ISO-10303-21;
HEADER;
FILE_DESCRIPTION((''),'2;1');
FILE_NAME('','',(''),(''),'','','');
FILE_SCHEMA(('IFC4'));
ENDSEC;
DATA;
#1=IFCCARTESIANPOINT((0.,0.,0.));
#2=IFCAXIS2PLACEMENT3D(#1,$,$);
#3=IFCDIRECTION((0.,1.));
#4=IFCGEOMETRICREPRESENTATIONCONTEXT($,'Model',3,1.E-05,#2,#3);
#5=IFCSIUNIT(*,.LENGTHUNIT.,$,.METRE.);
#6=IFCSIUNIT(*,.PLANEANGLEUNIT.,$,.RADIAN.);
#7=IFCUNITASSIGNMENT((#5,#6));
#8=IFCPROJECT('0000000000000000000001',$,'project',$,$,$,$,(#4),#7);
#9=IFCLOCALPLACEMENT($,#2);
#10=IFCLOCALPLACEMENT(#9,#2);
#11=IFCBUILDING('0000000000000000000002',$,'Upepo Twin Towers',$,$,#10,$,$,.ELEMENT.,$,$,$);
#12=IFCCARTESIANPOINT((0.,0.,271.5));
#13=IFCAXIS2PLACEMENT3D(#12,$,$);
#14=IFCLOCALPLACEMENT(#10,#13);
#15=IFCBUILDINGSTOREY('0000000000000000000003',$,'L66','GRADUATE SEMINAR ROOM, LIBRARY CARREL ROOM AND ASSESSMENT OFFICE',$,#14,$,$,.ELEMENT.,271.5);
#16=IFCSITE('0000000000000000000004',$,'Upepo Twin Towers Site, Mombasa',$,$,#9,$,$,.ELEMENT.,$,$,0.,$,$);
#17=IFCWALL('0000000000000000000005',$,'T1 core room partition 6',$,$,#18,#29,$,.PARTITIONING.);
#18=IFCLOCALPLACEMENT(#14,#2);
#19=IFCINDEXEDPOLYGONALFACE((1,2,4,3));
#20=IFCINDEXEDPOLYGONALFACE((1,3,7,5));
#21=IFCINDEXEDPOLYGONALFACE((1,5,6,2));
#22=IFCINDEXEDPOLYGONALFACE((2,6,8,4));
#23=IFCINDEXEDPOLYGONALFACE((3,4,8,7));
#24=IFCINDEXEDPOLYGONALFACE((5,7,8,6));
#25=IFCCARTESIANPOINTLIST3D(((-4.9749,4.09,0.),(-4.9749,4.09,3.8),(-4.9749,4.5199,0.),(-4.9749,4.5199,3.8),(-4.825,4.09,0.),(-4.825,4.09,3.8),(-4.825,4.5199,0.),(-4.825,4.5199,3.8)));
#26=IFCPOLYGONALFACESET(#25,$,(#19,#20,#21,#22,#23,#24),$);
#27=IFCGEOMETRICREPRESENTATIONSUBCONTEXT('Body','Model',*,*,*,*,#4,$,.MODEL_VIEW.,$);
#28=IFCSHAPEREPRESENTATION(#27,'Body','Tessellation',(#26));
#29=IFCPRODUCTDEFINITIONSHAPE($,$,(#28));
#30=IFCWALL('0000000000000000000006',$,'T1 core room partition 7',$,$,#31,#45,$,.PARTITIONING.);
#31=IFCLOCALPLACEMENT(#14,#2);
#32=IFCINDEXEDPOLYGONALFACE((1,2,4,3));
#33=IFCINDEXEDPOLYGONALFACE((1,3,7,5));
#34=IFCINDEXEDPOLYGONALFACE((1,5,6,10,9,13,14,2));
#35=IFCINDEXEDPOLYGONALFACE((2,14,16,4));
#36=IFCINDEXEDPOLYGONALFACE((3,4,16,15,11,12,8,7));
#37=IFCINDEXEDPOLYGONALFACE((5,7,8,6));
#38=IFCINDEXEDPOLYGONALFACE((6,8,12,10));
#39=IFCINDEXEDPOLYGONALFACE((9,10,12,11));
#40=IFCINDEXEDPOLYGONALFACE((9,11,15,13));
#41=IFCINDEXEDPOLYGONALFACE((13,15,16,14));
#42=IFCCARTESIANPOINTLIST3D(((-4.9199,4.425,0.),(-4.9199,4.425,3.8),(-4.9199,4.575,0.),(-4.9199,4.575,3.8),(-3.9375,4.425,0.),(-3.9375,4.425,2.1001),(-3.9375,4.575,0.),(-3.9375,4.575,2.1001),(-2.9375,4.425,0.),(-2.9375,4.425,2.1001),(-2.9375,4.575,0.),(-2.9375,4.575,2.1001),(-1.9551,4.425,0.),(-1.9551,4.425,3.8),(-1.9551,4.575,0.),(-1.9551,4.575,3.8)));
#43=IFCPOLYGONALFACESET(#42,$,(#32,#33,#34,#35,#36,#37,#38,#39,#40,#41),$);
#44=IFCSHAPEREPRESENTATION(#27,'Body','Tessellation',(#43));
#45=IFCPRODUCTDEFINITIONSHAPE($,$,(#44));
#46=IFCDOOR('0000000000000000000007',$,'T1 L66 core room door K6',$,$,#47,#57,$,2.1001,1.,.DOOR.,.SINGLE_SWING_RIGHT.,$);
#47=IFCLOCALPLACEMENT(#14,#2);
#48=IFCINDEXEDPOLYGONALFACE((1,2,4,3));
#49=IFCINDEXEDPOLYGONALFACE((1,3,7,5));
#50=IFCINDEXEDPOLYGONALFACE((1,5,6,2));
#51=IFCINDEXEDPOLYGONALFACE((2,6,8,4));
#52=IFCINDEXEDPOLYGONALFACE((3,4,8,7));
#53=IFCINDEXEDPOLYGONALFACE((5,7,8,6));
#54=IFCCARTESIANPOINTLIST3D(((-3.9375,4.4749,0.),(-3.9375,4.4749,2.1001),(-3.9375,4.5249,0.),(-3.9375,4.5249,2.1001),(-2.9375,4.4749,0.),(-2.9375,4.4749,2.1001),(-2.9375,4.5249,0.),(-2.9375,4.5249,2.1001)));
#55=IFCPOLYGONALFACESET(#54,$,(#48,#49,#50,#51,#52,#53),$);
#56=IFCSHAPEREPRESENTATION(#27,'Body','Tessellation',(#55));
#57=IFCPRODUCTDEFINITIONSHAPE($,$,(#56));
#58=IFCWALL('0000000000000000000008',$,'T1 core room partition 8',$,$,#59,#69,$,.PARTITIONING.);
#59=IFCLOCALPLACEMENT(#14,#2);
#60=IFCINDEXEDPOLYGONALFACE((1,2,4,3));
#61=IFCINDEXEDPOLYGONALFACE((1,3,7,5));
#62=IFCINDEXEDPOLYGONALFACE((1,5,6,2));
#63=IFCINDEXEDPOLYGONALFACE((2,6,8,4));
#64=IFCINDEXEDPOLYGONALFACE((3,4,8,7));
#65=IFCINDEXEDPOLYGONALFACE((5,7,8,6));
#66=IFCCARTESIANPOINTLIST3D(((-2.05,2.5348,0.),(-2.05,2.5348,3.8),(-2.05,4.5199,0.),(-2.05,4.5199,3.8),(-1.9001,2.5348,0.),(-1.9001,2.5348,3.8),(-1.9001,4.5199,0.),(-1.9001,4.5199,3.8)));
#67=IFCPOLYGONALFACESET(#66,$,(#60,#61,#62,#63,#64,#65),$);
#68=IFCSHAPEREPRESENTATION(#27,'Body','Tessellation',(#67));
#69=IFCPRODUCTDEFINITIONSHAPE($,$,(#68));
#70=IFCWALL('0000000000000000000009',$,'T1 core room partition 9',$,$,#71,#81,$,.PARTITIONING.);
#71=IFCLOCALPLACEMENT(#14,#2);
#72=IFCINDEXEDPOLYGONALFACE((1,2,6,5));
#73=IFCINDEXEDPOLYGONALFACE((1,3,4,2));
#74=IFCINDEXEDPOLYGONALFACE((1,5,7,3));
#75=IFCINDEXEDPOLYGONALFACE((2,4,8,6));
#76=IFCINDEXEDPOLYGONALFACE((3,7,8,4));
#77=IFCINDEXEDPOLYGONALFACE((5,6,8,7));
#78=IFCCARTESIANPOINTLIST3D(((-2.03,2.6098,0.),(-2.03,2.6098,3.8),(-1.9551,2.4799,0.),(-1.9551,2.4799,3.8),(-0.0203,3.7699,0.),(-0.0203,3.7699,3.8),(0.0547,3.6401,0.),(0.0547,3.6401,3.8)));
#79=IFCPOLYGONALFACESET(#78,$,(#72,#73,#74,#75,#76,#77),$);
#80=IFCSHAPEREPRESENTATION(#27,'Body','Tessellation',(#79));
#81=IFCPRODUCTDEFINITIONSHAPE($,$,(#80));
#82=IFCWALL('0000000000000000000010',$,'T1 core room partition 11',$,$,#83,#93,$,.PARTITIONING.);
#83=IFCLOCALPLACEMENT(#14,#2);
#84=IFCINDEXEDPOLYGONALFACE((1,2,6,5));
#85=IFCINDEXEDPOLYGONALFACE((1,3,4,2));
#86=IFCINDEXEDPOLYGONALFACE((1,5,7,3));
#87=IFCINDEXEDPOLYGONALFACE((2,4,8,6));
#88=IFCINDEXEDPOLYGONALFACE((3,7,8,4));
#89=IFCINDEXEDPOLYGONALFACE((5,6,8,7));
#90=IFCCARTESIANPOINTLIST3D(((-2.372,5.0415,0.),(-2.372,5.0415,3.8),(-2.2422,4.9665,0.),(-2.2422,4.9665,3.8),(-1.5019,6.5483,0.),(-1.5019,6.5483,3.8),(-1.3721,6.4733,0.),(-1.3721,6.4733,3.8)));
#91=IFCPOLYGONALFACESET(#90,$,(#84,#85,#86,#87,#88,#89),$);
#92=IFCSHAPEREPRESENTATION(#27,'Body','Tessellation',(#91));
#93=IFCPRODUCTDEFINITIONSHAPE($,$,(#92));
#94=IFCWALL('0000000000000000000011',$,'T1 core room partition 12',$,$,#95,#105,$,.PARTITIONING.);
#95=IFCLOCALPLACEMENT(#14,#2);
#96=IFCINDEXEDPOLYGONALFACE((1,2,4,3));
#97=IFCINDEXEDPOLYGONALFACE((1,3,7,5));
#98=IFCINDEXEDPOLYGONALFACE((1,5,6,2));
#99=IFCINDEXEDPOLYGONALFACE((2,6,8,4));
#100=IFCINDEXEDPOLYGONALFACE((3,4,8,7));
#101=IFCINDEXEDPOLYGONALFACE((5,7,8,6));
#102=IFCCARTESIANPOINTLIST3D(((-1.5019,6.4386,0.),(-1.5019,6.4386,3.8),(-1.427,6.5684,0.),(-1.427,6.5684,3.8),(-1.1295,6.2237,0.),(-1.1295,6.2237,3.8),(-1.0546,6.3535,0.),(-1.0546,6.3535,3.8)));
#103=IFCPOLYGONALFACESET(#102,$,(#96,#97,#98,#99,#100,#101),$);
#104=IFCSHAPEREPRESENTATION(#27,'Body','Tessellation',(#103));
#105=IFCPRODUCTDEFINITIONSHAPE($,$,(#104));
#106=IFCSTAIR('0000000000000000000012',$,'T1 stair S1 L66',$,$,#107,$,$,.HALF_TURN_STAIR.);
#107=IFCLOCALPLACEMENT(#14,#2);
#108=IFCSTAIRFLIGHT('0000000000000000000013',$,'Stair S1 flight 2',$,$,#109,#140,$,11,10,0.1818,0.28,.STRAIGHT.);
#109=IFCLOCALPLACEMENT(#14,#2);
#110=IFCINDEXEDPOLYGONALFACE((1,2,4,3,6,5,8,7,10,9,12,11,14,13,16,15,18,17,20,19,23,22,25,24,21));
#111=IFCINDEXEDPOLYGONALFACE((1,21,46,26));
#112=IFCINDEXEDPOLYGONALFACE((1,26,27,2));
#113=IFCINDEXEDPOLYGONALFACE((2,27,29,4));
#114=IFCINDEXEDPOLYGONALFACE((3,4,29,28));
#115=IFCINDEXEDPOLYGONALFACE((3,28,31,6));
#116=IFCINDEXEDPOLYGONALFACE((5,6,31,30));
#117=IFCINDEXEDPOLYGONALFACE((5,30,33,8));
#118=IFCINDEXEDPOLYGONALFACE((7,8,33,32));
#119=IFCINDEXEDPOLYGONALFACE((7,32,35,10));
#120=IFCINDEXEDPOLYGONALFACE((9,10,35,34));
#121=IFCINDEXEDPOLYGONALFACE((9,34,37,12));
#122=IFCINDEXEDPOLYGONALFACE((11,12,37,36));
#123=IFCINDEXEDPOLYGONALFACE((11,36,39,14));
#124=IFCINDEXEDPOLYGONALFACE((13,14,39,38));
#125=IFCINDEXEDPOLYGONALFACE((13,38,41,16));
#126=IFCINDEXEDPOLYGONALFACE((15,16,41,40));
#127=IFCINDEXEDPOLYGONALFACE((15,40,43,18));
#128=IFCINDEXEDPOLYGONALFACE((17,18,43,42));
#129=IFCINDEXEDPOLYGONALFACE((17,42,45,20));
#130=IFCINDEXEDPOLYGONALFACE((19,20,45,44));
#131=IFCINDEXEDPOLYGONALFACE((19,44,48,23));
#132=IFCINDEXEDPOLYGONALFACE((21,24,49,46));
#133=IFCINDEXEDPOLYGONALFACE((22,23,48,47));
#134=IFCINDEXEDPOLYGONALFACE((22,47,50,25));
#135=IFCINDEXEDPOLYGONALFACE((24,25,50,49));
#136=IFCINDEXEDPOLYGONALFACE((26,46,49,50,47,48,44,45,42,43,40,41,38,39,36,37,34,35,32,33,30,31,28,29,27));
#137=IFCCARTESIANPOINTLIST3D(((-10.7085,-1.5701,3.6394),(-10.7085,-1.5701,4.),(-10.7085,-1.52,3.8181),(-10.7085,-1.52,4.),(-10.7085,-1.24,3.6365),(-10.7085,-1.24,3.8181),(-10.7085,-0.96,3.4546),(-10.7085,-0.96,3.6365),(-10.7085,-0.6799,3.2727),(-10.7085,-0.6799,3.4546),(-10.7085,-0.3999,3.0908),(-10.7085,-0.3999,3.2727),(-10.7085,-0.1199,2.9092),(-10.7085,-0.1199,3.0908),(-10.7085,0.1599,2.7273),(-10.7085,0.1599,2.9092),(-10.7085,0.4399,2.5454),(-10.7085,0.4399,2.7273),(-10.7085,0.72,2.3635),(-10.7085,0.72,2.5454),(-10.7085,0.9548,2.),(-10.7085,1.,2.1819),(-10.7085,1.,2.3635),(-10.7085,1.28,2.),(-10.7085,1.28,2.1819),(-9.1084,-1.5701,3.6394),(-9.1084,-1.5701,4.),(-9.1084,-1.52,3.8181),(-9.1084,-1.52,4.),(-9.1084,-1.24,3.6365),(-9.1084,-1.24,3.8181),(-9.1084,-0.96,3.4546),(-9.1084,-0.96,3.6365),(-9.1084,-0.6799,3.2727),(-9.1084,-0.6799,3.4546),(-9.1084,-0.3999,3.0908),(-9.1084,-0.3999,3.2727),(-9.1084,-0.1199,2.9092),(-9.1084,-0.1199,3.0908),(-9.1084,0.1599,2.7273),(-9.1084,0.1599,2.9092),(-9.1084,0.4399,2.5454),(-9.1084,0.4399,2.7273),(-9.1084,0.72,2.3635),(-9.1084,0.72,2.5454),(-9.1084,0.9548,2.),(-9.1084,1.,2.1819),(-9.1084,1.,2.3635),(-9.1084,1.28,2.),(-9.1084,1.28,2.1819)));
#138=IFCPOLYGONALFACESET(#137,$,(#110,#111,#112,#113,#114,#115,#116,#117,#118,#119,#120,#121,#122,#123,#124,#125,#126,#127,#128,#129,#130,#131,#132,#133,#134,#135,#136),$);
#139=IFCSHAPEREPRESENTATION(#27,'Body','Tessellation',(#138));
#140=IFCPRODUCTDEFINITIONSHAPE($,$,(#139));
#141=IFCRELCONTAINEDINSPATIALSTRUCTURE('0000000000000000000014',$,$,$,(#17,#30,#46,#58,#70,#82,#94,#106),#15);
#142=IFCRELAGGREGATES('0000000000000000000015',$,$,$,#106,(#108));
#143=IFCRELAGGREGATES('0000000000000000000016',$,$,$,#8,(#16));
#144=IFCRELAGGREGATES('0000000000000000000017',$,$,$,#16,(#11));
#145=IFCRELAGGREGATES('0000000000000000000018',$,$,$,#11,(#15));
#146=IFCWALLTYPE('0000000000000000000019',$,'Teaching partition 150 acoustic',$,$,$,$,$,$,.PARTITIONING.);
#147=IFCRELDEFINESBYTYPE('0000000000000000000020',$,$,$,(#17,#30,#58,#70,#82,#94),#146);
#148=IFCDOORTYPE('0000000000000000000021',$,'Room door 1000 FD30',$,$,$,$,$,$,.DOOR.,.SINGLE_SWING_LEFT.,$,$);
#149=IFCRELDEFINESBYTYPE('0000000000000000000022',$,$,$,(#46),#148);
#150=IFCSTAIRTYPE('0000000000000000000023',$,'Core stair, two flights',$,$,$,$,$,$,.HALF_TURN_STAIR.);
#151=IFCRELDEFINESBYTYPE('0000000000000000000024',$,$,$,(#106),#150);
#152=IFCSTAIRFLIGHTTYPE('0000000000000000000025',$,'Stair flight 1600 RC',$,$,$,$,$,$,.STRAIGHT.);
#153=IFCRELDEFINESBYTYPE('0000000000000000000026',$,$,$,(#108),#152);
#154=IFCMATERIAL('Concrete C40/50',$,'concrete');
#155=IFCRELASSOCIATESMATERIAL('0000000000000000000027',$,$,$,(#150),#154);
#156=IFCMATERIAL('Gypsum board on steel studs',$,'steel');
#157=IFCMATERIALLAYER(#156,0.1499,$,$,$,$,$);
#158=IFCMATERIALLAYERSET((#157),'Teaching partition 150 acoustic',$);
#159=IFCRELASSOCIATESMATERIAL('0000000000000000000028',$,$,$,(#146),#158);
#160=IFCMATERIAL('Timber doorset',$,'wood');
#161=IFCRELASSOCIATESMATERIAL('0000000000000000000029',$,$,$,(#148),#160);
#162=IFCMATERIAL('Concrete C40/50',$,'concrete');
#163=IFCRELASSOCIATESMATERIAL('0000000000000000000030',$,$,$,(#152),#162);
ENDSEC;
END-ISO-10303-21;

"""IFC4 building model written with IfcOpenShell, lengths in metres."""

from ifc_helpers import new_model, si_unit, direction, frame, frame_2d, origin, place, context, subcontext, project, spatial, polyline, rectangle, outline, extrude, material, layer, layer_set, type_object, element, fill, aggregate, save


model = new_model("IFC4")

# Units and contexts
model_context = context("Model", 3, precision=1e-05, world=origin(), true_north=direction((0.0, 1.0)))
body_context = subcontext(model_context, "Body", "Model", "MODEL_VIEW")
ifc_project = project(units=[si_unit("LENGTHUNIT", "METRE"), si_unit("PLANEANGLEUNIT", "RADIAN")], contexts=[model_context])

# Site, building, storey
site_placement = place(None, origin())
site = spatial("IfcSite", under=ifc_project, at=site_placement, Name="Upepo Twin Towers Site, Mombasa", CompositionType="ELEMENT", RefElevation=0.0)
building_placement = place(site_placement, origin())
building = spatial("IfcBuilding", under=site, at=building_placement, Name="Upepo Twin Towers", CompositionType="ELEMENT")
storey_placement = place(building_placement, frame((0.0, 0.0, 271.5)))
storey = spatial("IfcBuildingStorey", under=building, at=storey_placement, Name="L66", Description="GRADUATE SEMINAR ROOM, LIBRARY CARREL ROOM AND ASSESSMENT OFFICE", CompositionType="ELEMENT", Elevation=271.5)

# Shared definitions
ifc_material_1 = material(Name="Concrete C40/50", Category="concrete")
stair_type = type_object("IfcStairType", Name="Core stair, two flights", PredefinedType="HALF_TURN_STAIR", material=ifc_material_1)

# Wall
ifc_material_2 = material(Name="Gypsum board on steel studs", Category="steel")
ifc_layer_1 = layer(ifc_material_2, 0.1499)
ifc_layer_set_1 = layer_set([ifc_layer_1], Name="Teaching partition 150 acoustic")
wall_type_1 = type_object("IfcWallType", Name="Teaching partition 150 acoustic", PredefinedType="PARTITIONING", material=ifc_layer_set_1)
wall_1_placement = place(storey_placement, frame((-4.8999, 4.0901, 0.0), z_axis=(0.0, 0.0, 1.0), x_axis=(0.0, 1.0, 0.0)))
element("IfcWall", 1, at=wall_1_placement, inside=storey, type_object=wall_type_1, Name="T1 core room partition 6", PredefinedType="PARTITIONING", context=body_context, shape_type="SweptSolid", body=[
    extrude(rectangle(XDim=0.4299, YDim=0.1499, at=frame_2d((0.2148, 0.0))), origin(), (0.0, 0.0, 1.0), 3.8),
])

# Wall, opening, door
wall_2_placement = place(storey_placement, frame((-4.9199, 4.5, 0.0), z_axis=(0.0, 0.0, 1.0), x_axis=(1.0, 0.0, 0.0)))
wall_2 = element("IfcWall", 2, at=wall_2_placement, inside=storey, type_object=wall_type_1, Name="T1 core room partition 7", PredefinedType="PARTITIONING", context=body_context, shape_type="SweptSolid", body=[
    extrude(rectangle(XDim=2.9648, YDim=0.1499, at=frame_2d((1.4824, 0.0))), origin(), (0.0, 0.0, 1.0), 3.8),
])
opening_1_placement = place(wall_2_placement, frame((0.9824, 0.0, 0.0)))
opening_1 = element("IfcOpeningElement", 3, at=opening_1_placement, cuts=wall_2, PredefinedType="OPENING", context=body_context, shape_type="SweptSolid", body=[
    extrude(rectangle(XDim=1.0, YDim=2.1001, at=frame_2d((0.5, 1.05))), frame((0.0, 0.085, 0.0), z_axis=(0.0, -1.0, 0.0), x_axis=(1.0, 0.0, 0.0)), (0.0, 0.0, 1.0), 0.1699),
])
ifc_material_3 = material(Name="Timber doorset", Category="wood")
door_type_1 = type_object("IfcDoorType", Name="Room door 1000 FD30", OperationType="SINGLE_SWING_LEFT", PredefinedType="DOOR", material=ifc_material_3)
door_1_placement = place(opening_1_placement, origin())
door_1 = element("IfcDoor", 4, at=door_1_placement, inside=storey, type_object=door_type_1, Name="T1 L66 core room door K6", OperationType="SINGLE_SWING_RIGHT", OverallHeight=2.1001, OverallWidth=1.0, PredefinedType="DOOR", context=body_context, shape_type="SweptSolid", body=[
    extrude(rectangle(XDim=1.0, YDim=2.1001, at=frame_2d((0.5, 1.05))), frame((0.0, 0.0249, 0.0), z_axis=(0.0, -1.0, 0.0), x_axis=(1.0, 0.0, 0.0)), (0.0, 0.0, 1.0), 0.05),
])
fill(opening_1, door_1)

# Walls
wall_3_placement = place(storey_placement, frame((-1.9751, 4.52, 0.0), z_axis=(0.0, 0.0, 1.0), x_axis=(0.0, -1.0, 0.0)))
element("IfcWall", 5, at=wall_3_placement, inside=storey, type_object=wall_type_1, Name="T1 core room partition 8", PredefinedType="PARTITIONING", context=body_context, shape_type="SweptSolid", body=[
    extrude(rectangle(XDim=1.9851, YDim=0.1499, at=frame_2d((0.9927, 0.0))), origin(), (0.0, 0.0, 1.0), 3.8),
])
wall_4_placement = place(storey_placement, frame((-1.9924, 2.5449, 0.0), z_axis=(0.0, 0.0, 1.0), x_axis=(0.866059, 0.499941, 0.0)))
element("IfcWall", 6, at=wall_4_placement, inside=storey, type_object=wall_type_1, Name="T1 core room partition 9", PredefinedType="PARTITIONING", context=body_context, shape_type="SweptSolid", body=[
    extrude(rectangle(XDim=2.3206, YDim=0.1499, at=frame_2d((1.1602, 0.0))), origin(), (0.0, 0.0, 1.0), 3.8),
])
wall_5_placement = place(storey_placement, frame((-2.3071, 5.0039, 0.0), z_axis=(0.0, 0.0, 1.0), x_axis=(0.500063, 0.865989, 0.0)))
element("IfcWall", 7, at=wall_5_placement, inside=storey, type_object=wall_type_1, Name="T1 core room partition 11", PredefinedType="PARTITIONING", context=body_context, shape_type="SweptSolid", body=[
    extrude(rectangle(XDim=1.74, YDim=0.1499, at=frame_2d((0.8701, 0.0))), origin(), (0.0, 0.0, 1.0), 3.8),
])
wall_6_placement = place(storey_placement, frame((-1.4644, 6.5034, 0.0), z_axis=(0.0, 0.0, 1.0), x_axis=(0.866138, -0.499804, 0.0)))
element("IfcWall", 8, at=wall_6_placement, inside=storey, type_object=wall_type_1, Name="T1 core room partition 12", PredefinedType="PARTITIONING", context=body_context, shape_type="SweptSolid", body=[
    extrude(rectangle(XDim=0.4299, YDim=0.1499, at=frame_2d((0.2148, 0.0))), origin(), (0.0, 0.0, 1.0), 3.8),
])

# Stair, stair flight
stair_1_placement = place(storey_placement, origin())
stair_1 = element("IfcStair", 9, at=stair_1_placement, inside=storey, type_object=stair_type, Name="T1 stair S1 L66", PredefinedType="HALF_TURN_STAIR")
ifc_material_4 = material(Name="Concrete C40/50", Category="concrete")
stair_flight_type = type_object("IfcStairFlightType", Name="Stair flight 1600 RC", PredefinedType="STRAIGHT", material=ifc_material_4)
stair_flight_placement = place(storey_placement, frame((-9.9084, 1.28, 2.0), z_axis=(0.0, 0.0, 1.0), x_axis=(0.0, -1.0, 0.0)))
stair_flight = element("IfcStairFlight", 10, at=stair_flight_placement, type_object=stair_flight_type, Name="Stair S1 flight 2", NumberOfRisers=11, NumberOfTreads=10, PredefinedType="STRAIGHT", RiserHeight=0.1818, TreadLength=0.28, context=body_context, shape_type="SweptSolid", body=[
    extrude(outline(polyline([(0.0, 0.0), (0.0, 0.1819), (0.28, 0.1819), (0.28, 0.3635), (0.5601, 0.3635), (0.5601, 0.5454), (0.8401, 0.5454), (0.8401, 0.7273), (1.1201, 0.7273), (1.1201, 0.9092), (1.3999, 0.9092), (1.3999, 1.0908), (1.6799, 1.0908), (1.6799, 1.2727), (1.96, 1.2727), (1.96, 1.4546), (2.24, 1.4546), (2.24, 1.6365), (2.52, 1.6365), (2.52, 1.8181), (2.8, 1.8181), (2.8, 2.0), (2.8501, 2.0), (2.8501, 1.6394), (0.3252, 0.0), (0.0, 0.0)])), frame((0.0, 0.8, 0.0), z_axis=(0.0, -1.0, 0.0), x_axis=(1.0, 0.0, 0.0)), (0.0, 0.0, 1.0), 1.6001),
])
aggregate(stair_1, [stair_flight])

save(model, "model.ifc")
